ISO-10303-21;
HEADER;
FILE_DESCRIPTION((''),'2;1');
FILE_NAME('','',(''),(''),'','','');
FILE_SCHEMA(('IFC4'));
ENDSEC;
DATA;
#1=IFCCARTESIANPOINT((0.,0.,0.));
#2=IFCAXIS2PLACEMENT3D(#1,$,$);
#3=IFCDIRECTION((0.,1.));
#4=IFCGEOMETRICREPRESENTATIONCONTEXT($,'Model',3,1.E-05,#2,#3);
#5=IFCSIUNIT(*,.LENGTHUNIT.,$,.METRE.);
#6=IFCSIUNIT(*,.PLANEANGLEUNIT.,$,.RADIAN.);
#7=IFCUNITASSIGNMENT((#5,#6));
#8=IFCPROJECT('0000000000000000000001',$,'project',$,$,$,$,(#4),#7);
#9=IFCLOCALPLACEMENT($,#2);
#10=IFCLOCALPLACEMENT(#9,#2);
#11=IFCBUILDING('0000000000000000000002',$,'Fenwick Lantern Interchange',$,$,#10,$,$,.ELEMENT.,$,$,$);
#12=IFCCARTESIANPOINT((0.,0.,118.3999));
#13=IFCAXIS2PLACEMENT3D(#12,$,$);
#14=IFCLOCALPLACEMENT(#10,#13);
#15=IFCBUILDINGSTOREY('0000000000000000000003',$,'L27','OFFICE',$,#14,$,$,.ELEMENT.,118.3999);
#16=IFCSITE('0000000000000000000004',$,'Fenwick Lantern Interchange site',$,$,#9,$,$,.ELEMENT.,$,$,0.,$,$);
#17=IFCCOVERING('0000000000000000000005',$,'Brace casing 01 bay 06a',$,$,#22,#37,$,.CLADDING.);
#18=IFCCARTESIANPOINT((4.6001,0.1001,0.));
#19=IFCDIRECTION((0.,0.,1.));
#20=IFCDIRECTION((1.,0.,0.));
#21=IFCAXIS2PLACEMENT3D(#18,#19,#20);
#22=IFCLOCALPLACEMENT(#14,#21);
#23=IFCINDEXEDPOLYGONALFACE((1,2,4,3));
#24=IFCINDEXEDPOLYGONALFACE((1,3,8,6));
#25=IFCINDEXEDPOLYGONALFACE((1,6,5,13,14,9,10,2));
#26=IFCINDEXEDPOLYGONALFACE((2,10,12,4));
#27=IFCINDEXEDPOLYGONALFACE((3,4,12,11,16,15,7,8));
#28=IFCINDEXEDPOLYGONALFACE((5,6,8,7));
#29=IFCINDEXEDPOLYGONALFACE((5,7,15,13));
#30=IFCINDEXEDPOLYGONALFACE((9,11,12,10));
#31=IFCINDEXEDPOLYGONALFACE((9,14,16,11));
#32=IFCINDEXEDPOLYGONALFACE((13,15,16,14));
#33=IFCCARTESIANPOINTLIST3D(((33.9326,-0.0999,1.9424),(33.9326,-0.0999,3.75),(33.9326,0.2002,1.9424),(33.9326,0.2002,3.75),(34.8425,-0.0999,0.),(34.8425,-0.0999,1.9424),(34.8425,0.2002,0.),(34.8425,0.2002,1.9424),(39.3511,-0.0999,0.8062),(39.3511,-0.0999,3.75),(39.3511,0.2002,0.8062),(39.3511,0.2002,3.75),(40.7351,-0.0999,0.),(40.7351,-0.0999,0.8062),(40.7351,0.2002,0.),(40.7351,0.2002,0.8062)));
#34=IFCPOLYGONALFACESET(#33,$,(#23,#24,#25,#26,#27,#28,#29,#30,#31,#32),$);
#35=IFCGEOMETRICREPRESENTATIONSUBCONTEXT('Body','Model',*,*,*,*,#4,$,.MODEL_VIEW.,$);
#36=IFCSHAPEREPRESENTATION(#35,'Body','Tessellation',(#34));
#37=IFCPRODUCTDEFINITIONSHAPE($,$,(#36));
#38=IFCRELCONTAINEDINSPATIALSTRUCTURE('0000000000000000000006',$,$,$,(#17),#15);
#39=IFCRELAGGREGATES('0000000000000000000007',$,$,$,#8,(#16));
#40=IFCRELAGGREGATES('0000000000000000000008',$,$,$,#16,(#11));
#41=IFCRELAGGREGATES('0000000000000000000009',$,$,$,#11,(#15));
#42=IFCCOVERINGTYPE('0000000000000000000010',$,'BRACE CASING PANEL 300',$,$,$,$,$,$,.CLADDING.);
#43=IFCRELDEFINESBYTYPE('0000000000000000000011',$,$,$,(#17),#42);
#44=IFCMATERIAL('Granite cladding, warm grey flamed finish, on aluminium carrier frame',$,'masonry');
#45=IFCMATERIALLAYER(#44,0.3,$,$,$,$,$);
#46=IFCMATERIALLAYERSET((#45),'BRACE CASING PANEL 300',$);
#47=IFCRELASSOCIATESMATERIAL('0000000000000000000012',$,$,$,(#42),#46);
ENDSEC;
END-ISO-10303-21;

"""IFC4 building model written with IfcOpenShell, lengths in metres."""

from ifc_helpers import new_model, si_unit, direction, frame, origin, place, context, subcontext, project, spatial, polyline, outline, extrude, material, layer, layer_set, type_object, element, save


model = new_model("IFC4")

# Units and contexts
model_context = context("Model", 3, precision=1e-05, world=origin(), true_north=direction((0.0, 1.0)))
body_context = subcontext(model_context, "Body", "Model", "MODEL_VIEW")
ifc_project = project(units=[si_unit("LENGTHUNIT", "METRE"), si_unit("PLANEANGLEUNIT", "RADIAN")], contexts=[model_context])

# Site, building, storey
site_placement = place(None, origin())
site = spatial("IfcSite", under=ifc_project, at=site_placement, Name="Fenwick Lantern Interchange site", CompositionType="ELEMENT", RefElevation=0.0)
building_placement = place(site_placement, origin())
building = spatial("IfcBuilding", under=site, at=building_placement, Name="Fenwick Lantern Interchange", CompositionType="ELEMENT")
storey_placement = place(building_placement, frame((0.0, 0.0, 118.3999)))
storey = spatial("IfcBuildingStorey", under=building, at=storey_placement, Name="L27", Description="OFFICE", CompositionType="ELEMENT", Elevation=118.3999)

# Covering
ifc_material_1 = material(Name="Granite cladding, warm grey flamed finish, on aluminium carrier frame", Category="masonry")
ifc_layer_1 = layer(ifc_material_1, 0.3)
ifc_layer_set_1 = layer_set([ifc_layer_1], Name="BRACE CASING PANEL 300")
covering_type = type_object("IfcCoveringType", Name="BRACE CASING PANEL 300", PredefinedType="CLADDING", material=ifc_layer_set_1)
covering_placement = place(storey_placement, frame((4.6001, 0.1001, 0.0), z_axis=(0.0, 0.0, 1.0), x_axis=(1.0, 0.0, 0.0)))
element("IfcCovering", 1, at=covering_placement, inside=storey, type_object=covering_type, Name="Brace casing 01 bay 06a", PredefinedType="CLADDING", context=body_context, shape_type="SweptSolid", body=[
    extrude(outline(polyline([(34.8425, 0.0), (40.7351, 0.0), (40.7351, 0.8062), (39.3511, 0.8062), (39.3511, 3.75), (33.9326, 3.75), (33.9326, 1.9424), (34.8425, 1.9424), (34.8425, 0.0)])), frame((0.0, 0.2002, 0.0), z_axis=(0.0, -1.0, 0.0), x_axis=(1.0, 0.0, 0.0)), (0.0, 0.0, 1.0), 0.3),
])

save(model, "model.ifc")
